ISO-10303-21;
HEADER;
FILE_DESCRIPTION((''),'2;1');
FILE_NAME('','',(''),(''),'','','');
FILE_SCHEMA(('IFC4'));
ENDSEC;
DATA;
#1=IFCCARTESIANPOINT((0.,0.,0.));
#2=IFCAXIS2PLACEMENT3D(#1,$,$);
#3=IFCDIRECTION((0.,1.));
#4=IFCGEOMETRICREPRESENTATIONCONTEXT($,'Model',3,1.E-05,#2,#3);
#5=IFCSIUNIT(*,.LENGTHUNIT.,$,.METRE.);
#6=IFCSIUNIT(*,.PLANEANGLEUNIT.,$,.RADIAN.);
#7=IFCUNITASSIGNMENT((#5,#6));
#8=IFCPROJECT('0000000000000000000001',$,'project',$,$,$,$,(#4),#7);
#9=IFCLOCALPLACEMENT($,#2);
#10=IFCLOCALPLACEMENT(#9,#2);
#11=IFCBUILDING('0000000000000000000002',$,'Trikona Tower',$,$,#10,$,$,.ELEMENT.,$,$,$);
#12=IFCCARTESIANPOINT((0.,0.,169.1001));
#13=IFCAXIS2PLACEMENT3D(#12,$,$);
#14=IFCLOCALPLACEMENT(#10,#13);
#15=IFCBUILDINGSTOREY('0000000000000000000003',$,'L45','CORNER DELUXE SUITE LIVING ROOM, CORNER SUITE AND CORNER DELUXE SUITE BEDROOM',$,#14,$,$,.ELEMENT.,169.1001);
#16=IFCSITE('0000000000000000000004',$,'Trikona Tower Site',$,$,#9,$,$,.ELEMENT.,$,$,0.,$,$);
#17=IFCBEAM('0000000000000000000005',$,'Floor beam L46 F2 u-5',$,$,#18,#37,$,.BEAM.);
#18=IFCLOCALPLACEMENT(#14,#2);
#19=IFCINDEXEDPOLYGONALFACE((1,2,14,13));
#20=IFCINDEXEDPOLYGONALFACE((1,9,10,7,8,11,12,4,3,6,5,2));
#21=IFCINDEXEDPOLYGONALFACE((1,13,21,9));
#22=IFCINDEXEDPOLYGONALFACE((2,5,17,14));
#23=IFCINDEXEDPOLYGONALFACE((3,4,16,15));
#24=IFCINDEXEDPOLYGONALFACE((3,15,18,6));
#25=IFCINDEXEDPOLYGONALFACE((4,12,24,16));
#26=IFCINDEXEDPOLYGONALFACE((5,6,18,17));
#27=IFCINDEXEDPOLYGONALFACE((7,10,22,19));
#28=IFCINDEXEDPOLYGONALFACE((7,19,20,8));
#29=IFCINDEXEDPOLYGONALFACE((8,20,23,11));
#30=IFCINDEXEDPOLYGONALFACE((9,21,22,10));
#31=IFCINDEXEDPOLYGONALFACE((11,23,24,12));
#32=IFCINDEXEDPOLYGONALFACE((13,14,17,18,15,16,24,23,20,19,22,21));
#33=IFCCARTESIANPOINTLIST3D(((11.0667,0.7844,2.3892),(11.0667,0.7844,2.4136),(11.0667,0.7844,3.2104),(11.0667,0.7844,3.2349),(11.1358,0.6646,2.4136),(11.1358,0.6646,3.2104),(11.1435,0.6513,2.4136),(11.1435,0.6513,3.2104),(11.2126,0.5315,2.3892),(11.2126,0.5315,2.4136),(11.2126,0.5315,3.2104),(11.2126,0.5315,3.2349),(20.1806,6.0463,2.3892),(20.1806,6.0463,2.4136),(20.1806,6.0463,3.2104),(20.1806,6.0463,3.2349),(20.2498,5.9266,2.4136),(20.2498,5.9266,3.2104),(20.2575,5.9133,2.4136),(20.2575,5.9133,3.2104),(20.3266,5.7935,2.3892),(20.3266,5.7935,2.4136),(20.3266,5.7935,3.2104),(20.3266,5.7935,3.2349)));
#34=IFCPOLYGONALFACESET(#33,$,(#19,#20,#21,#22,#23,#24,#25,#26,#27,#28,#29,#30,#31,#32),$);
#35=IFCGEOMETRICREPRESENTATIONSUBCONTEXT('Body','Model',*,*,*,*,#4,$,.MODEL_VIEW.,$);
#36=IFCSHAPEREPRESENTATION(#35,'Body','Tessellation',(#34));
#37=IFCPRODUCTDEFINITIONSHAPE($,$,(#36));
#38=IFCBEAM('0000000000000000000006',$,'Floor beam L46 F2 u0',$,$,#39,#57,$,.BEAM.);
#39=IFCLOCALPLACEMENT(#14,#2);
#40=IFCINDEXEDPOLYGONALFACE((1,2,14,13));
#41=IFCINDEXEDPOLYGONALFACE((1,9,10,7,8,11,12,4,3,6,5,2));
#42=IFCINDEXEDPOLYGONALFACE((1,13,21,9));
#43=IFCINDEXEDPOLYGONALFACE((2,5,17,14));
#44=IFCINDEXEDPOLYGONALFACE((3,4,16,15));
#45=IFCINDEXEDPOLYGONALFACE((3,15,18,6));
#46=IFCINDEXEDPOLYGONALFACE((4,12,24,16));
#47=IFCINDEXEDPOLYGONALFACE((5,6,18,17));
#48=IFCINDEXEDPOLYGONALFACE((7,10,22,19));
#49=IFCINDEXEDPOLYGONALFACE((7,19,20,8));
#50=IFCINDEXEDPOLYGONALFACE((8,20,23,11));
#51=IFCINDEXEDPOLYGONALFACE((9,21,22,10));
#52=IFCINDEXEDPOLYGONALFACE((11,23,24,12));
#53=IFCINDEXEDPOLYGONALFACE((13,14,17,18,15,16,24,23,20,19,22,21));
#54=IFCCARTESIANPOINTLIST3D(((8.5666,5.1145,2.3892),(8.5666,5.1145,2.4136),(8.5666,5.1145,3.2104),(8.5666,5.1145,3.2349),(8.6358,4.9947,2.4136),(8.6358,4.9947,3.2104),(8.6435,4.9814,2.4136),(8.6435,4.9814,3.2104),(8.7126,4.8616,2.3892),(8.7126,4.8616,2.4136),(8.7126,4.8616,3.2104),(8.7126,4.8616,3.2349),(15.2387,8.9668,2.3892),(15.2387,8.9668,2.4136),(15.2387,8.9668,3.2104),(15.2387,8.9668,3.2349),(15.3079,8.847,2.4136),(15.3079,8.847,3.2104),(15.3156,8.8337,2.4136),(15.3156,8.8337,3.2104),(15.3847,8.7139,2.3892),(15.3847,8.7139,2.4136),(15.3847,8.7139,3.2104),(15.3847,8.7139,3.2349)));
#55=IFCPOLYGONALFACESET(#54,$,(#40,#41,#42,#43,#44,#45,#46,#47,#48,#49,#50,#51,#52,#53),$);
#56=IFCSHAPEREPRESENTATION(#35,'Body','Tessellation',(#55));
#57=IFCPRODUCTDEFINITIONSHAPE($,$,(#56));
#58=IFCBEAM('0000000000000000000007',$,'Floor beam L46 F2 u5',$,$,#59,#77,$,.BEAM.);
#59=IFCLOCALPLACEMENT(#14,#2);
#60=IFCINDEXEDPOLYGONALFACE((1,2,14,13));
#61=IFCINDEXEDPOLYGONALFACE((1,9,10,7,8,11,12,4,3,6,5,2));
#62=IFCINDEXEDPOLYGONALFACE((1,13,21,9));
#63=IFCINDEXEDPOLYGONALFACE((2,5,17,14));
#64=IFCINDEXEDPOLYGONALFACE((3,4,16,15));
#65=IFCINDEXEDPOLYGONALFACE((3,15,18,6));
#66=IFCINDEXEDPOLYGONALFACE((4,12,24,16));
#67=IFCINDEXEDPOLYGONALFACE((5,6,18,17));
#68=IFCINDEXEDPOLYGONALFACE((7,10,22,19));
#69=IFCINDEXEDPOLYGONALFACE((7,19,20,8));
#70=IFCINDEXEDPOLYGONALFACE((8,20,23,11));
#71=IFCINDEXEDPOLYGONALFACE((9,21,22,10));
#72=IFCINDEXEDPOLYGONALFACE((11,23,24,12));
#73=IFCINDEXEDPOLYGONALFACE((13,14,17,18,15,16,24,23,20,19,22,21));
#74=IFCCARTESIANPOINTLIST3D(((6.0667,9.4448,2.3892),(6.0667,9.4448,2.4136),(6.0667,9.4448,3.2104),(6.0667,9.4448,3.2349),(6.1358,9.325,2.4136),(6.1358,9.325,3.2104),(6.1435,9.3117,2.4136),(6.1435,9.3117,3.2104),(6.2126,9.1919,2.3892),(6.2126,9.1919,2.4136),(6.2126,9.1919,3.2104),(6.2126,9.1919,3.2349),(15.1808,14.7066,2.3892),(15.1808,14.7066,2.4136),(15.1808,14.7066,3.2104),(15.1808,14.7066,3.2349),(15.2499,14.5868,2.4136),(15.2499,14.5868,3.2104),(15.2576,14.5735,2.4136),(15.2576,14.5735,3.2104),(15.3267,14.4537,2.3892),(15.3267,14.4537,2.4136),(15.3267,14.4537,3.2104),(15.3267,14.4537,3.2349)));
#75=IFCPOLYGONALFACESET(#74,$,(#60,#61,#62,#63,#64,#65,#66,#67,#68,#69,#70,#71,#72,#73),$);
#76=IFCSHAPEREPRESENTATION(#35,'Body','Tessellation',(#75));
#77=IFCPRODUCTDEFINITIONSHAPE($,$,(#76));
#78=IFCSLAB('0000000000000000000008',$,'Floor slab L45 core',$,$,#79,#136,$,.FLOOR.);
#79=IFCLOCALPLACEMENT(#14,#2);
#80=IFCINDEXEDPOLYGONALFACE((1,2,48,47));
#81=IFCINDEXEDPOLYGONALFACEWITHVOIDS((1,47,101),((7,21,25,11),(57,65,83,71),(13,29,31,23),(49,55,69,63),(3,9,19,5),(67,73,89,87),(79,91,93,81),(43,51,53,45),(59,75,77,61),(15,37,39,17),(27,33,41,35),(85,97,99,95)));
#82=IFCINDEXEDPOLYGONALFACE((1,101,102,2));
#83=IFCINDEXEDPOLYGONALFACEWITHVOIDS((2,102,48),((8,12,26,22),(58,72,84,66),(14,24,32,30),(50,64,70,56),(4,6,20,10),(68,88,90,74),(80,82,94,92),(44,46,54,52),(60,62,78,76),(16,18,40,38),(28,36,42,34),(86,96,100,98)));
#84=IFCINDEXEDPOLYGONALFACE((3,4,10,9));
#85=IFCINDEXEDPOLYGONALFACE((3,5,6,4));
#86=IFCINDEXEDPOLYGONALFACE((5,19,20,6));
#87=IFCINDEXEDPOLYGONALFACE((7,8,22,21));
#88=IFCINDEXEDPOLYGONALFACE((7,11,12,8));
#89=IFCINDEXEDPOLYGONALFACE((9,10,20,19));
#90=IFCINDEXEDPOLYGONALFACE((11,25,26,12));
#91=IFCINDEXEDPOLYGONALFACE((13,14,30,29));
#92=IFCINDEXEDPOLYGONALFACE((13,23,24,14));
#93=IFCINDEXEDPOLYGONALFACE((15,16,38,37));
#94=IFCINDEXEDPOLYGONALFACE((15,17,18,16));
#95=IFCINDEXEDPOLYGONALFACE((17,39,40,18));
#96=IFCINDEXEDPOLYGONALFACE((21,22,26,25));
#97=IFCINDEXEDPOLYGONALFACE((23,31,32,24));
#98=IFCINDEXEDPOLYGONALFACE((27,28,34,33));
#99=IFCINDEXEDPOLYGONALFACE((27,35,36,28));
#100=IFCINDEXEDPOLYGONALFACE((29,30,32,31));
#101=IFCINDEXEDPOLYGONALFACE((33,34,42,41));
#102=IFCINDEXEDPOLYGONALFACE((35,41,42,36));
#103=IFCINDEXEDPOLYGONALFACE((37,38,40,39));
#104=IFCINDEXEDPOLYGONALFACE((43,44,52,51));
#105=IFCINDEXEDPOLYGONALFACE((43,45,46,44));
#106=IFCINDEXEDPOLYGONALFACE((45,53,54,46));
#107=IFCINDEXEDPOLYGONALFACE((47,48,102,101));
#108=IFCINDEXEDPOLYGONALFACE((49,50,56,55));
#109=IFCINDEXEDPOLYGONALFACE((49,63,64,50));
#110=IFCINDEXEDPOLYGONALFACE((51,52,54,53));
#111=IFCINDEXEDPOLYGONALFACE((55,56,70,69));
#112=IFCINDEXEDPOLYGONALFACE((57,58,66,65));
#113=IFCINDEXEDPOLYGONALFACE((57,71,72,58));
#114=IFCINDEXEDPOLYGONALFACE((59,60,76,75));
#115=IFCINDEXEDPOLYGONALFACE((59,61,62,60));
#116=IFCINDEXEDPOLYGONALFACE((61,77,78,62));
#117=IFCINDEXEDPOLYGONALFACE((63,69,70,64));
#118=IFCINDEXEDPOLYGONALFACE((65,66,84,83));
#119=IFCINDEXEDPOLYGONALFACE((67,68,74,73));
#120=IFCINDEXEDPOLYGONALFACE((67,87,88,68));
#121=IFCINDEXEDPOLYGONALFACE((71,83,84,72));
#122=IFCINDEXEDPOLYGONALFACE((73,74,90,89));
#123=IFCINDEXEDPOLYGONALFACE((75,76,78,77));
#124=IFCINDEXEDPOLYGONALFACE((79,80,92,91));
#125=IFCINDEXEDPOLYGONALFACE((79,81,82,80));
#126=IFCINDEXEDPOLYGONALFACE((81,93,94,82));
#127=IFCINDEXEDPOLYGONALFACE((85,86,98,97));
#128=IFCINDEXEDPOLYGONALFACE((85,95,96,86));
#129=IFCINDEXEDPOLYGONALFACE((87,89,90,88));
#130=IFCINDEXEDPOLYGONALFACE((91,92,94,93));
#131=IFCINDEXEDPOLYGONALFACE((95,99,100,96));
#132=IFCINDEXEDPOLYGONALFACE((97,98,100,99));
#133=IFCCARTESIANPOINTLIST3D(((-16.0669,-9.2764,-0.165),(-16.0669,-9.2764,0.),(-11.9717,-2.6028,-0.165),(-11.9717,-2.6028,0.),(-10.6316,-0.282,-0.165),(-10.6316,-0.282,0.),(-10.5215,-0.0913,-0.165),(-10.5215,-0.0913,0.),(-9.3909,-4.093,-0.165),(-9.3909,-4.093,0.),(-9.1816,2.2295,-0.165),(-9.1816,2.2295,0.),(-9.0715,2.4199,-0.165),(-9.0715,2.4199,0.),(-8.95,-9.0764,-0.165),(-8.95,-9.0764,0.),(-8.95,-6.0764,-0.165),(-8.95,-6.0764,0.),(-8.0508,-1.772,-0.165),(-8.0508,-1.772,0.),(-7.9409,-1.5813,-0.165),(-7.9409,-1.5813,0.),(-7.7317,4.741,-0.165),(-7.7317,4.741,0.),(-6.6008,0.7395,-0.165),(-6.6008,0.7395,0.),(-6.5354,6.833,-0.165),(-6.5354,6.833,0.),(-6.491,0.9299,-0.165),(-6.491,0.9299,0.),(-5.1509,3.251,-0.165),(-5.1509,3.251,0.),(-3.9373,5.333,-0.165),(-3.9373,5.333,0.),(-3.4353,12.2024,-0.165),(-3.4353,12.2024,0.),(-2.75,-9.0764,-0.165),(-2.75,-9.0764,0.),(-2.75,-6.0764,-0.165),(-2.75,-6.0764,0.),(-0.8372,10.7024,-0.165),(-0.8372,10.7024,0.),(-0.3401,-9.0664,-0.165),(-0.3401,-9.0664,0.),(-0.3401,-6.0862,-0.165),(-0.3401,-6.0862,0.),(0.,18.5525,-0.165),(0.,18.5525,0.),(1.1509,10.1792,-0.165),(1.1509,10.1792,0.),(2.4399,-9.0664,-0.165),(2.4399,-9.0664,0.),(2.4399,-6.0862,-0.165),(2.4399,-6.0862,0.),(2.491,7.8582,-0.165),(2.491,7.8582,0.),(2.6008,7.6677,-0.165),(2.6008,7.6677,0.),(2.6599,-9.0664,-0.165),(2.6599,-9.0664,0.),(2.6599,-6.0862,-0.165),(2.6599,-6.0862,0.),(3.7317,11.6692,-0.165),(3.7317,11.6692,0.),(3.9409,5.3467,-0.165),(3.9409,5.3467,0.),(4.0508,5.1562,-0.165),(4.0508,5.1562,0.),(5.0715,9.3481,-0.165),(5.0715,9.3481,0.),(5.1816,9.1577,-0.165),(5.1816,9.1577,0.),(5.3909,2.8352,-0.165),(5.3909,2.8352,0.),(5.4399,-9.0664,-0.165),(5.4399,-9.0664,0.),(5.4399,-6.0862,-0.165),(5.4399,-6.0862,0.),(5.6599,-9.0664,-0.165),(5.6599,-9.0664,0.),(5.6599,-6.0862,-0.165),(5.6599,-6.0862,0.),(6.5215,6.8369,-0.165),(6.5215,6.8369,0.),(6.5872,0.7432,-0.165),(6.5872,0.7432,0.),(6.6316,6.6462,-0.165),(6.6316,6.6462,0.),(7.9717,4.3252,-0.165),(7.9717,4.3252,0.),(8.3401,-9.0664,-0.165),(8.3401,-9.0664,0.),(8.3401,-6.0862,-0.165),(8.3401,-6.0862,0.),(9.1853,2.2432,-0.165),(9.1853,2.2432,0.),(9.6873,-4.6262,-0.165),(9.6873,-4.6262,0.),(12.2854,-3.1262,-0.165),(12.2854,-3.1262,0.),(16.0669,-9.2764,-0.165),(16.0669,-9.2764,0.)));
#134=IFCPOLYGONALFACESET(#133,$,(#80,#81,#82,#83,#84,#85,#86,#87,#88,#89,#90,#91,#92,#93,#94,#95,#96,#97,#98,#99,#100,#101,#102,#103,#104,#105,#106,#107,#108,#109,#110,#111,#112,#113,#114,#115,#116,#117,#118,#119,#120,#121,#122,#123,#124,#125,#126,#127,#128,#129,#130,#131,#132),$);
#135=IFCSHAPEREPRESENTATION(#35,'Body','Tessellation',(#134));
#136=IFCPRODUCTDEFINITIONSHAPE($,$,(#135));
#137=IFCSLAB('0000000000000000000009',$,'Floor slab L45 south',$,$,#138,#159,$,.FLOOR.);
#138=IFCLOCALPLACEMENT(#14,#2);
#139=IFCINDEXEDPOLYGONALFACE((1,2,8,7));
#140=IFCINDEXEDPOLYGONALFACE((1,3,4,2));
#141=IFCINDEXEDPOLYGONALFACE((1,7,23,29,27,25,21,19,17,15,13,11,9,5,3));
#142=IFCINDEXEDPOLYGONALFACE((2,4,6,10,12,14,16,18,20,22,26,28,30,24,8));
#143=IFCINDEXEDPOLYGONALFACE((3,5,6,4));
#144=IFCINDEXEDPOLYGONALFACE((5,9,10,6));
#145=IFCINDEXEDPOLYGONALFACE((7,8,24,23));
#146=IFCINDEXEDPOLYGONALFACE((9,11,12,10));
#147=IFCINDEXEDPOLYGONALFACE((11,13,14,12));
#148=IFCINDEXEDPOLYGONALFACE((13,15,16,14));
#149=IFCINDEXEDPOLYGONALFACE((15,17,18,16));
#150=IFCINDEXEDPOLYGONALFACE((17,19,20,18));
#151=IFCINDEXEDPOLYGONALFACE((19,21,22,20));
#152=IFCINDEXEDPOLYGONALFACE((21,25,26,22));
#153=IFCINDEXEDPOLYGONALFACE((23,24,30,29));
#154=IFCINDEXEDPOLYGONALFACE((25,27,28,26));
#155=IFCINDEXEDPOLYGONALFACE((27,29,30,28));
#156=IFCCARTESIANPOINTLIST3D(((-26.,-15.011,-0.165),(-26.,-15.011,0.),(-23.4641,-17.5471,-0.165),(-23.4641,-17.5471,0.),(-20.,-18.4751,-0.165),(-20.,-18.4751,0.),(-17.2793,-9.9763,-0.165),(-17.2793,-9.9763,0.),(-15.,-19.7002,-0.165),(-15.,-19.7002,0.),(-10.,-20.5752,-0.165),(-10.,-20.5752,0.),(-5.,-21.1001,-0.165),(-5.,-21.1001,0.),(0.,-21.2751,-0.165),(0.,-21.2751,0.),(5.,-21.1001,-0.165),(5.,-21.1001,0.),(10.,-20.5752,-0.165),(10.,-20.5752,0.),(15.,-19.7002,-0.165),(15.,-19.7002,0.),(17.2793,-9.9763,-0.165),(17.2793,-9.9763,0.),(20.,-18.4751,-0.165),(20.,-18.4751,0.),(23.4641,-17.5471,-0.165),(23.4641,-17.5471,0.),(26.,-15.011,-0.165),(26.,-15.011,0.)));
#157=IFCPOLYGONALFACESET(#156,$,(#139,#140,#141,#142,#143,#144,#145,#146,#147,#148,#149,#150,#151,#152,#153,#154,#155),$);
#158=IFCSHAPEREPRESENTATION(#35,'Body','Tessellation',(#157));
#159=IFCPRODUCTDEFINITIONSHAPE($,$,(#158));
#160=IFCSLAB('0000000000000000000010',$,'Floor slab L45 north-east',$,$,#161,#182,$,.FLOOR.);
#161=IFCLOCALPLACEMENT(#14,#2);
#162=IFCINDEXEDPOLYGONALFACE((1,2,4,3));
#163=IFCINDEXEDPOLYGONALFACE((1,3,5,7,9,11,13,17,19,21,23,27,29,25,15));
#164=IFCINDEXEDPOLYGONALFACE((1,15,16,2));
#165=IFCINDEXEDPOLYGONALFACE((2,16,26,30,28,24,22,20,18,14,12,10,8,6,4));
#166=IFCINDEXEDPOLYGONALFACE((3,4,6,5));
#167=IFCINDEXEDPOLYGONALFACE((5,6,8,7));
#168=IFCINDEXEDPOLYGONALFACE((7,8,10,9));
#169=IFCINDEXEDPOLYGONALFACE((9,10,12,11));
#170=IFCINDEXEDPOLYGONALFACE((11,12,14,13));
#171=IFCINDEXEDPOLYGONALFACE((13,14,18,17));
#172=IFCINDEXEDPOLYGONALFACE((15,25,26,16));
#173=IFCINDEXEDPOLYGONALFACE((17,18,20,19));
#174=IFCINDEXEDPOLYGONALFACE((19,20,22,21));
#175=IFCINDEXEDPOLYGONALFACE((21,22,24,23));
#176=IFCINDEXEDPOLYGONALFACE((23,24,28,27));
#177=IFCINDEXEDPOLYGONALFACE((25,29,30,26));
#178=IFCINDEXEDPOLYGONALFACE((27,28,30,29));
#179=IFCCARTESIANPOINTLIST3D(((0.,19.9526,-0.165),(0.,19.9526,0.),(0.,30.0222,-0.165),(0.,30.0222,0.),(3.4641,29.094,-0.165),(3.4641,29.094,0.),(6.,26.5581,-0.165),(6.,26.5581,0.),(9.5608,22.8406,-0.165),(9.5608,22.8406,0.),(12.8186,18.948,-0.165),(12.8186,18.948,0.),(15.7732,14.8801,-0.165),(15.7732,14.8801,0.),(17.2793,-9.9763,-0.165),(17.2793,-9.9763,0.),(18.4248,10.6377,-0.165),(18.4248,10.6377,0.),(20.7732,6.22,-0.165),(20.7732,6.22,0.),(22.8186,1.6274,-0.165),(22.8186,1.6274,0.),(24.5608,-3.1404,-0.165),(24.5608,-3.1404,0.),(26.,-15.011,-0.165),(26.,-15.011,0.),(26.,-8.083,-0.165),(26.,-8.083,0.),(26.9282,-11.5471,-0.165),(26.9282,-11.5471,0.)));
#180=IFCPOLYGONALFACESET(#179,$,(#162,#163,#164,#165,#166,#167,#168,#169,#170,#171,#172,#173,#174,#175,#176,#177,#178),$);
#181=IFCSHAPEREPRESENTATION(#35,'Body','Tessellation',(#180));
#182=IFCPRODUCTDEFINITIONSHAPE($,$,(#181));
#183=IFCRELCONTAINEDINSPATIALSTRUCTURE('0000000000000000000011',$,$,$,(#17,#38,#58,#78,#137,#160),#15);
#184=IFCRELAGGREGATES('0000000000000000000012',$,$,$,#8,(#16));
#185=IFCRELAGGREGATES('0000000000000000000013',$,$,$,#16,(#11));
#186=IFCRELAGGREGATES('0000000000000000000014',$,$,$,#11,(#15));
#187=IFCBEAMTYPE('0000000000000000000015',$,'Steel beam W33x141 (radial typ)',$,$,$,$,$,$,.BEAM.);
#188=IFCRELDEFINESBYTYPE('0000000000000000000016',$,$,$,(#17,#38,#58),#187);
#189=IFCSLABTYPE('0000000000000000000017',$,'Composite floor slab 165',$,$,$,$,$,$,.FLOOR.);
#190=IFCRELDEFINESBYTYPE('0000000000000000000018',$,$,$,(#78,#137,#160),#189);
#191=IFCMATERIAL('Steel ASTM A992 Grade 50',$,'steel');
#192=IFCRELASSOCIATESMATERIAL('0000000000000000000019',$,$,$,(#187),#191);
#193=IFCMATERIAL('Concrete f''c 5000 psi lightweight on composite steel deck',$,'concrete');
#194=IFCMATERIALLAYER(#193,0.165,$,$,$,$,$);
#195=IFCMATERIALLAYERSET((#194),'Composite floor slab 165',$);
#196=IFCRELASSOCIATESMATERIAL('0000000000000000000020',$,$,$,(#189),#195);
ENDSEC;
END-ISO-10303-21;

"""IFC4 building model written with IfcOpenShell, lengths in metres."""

from ifc_helpers import new_model, si_unit, direction, frame, origin, origin_2d, place, context, subcontext, project, spatial, polyline, i_section, outline, extrude, material, layer, layer_set, material_profile, profile_set, type_object, element, save


model = new_model("IFC4")

# Units and contexts
model_context = context("Model", 3, precision=1e-05, world=origin(), true_north=direction((0.0, 1.0)))
body_context = subcontext(model_context, "Body", "Model", "MODEL_VIEW")
ifc_project = project(units=[si_unit("LENGTHUNIT", "METRE"), si_unit("PLANEANGLEUNIT", "RADIAN")], contexts=[model_context])

# Site, building, storey
site_placement = place(None, origin())
site = spatial("IfcSite", under=ifc_project, at=site_placement, Name="Trikona Tower Site", CompositionType="ELEMENT", RefElevation=0.0)
building_placement = place(site_placement, origin())
building = spatial("IfcBuilding", under=site, at=building_placement, Name="Trikona Tower", CompositionType="ELEMENT")
storey_placement = place(building_placement, frame((0.0, 0.0, 169.1001)))
storey = spatial("IfcBuildingStorey", under=building, at=storey_placement, Name="L45", Description="CORNER DELUXE SUITE LIVING ROOM, CORNER SUITE AND CORNER DELUXE SUITE BEDROOM", CompositionType="ELEMENT", Elevation=169.1001)

# Beams
ifc_material_1 = material(Name="Steel ASTM A992 Grade 50", Category="steel")
ifc_material_profile = material_profile(ifc_material_1, i_section(OverallWidth=0.292, OverallDepth=0.8457, WebThickness=0.0154, FlangeThickness=0.0244, at=origin_2d()), Name="W33X141")
ifc_profile_set = profile_set([ifc_material_profile], Name="Steel ASTM A992 Grade 50")
beam_type = type_object("IfcBeamType", Name="Steel beam W33x141 (radial typ)", PredefinedType="BEAM", material=ifc_profile_set)
beam_1_placement = place(storey_placement, frame((11.1396, 0.658, 2.812), z_axis=(0.866026, 0.499999, 0.0), x_axis=(-0.499999, 0.866026, 0.0)))
element("IfcBeam", 1, at=beam_1_placement, inside=storey, type_object=beam_type, Name="Floor beam L46 F2 u-5", PredefinedType="BEAM", context=body_context, shape_type="SweptSolid", body=[
    extrude(i_section(OverallWidth=0.292, OverallDepth=0.8457, WebThickness=0.0154, FlangeThickness=0.0244, at=origin_2d()), origin(), (0.0, 0.0, 1.0), 10.5239),
])
beam_2_placement = place(storey_placement, frame((8.6396, 4.988, 2.812), z_axis=(0.866017, 0.500014, 0.0), x_axis=(-0.500014, 0.866017, 0.0)))
element("IfcBeam", 2, at=beam_2_placement, inside=storey, type_object=beam_type, Name="Floor beam L46 F2 u0", PredefinedType="BEAM", context=body_context, shape_type="SweptSolid", body=[
    extrude(i_section(OverallWidth=0.292, OverallDepth=0.8457, WebThickness=0.0154, FlangeThickness=0.0244, at=origin_2d()), origin(), (0.0, 0.0, 1.0), 7.7043),
])
beam_3_placement = place(storey_placement, frame((6.1396, 9.3184, 2.812), z_axis=(0.866036, 0.499982, 0.0), x_axis=(-0.499982, 0.866036, 0.0)))
element("IfcBeam", 3, at=beam_3_placement, inside=storey, type_object=beam_type, Name="Floor beam L46 F2 u5", PredefinedType="BEAM", context=body_context, shape_type="SweptSolid", body=[
    extrude(i_section(OverallWidth=0.292, OverallDepth=0.8457, WebThickness=0.0154, FlangeThickness=0.0244, at=origin_2d()), origin(), (0.0, 0.0, 1.0), 10.5239),
])

# Slabs
ifc_material_2 = material(Name="Concrete f'c 5000 psi lightweight on composite steel deck", Category="concrete")
ifc_layer_1 = layer(ifc_material_2, 0.165)
ifc_layer_set_1 = layer_set([ifc_layer_1], Name="Composite floor slab 165")
slab_type_1 = type_object("IfcSlabType", Name="Composite floor slab 165", PredefinedType="FLOOR", material=ifc_layer_set_1)
slab_1_placement = place(storey_placement, frame((0.0, 0.0, -0.165)))
element("IfcSlab", 4, at=slab_1_placement, inside=storey, type_object=slab_type_1, Name="Floor slab L45 core", PredefinedType="FLOOR", context=body_context, shape_type="SweptSolid", body=[
    extrude(outline(polyline([(-16.0669, -9.2764), (16.0669, -9.2764), (0.0, 18.5525), (-16.0669, -9.2764)]), holes=[polyline([(12.2854, -3.1262), (9.1853, 2.2432), (6.5872, 0.7432), (9.6873, -4.6262), (12.2854, -3.1262)]), polyline([(8.3401, -9.0664), (8.3401, -6.0862), (5.6599, -6.0862), (5.6599, -9.0664), (8.3401, -9.0664)]), polyline([(5.3909, 2.8352), (7.9717, 4.3252), (6.6316, 6.6462), (4.0508, 5.1562), (5.3909, 2.8352)]), polyline([(2.6008, 7.6677), (3.9409, 5.3467), (6.5215, 6.8369), (5.1816, 9.1577), (2.6008, 7.6677)]), polyline([(5.4399, -6.0862), (2.6599, -6.0862), (2.6599, -9.0664), (5.4399, -9.0664), (5.4399, -6.0862)]), polyline([(3.7317, 11.6692), (1.1509, 10.1792), (2.491, 7.8582), (5.0715, 9.3481), (3.7317, 11.6692)]), polyline([(-0.3401, -6.0862), (-0.3401, -9.0664), (2.4399, -9.0664), (2.4399, -6.0862), (-0.3401, -6.0862)]), polyline([(-3.4353, 12.2024), (-6.5354, 6.833), (-3.9373, 5.333), (-0.8372, 10.7024), (-3.4353, 12.2024)]), polyline([(-8.95, -9.0764), (-2.75, -9.0764), (-2.75, -6.0764), (-8.95, -6.0764), (-8.95, -9.0764)]), polyline([(-5.1509, 3.251), (-7.7317, 4.741), (-9.0715, 2.4199), (-6.491, 0.9299), (-5.1509, 3.251)]), polyline([(-7.9409, -1.5813), (-6.6008, 0.7395), (-9.1816, 2.2295), (-10.5215, -0.0913), (-7.9409, -1.5813)]), polyline([(-11.9717, -2.6028), (-9.3909, -4.093), (-8.0508, -1.772), (-10.6316, -0.282), (-11.9717, -2.6028)])]), origin(), (0.0, 0.0, 1.0), 0.165),
])
slab_2_placement = place(storey_placement, frame((0.0, 0.0, -0.165)))
element("IfcSlab", 5, at=slab_2_placement, inside=storey, type_object=slab_type_1, Name="Floor slab L45 south", PredefinedType="FLOOR", context=body_context, shape_type="SweptSolid", body=[
    extrude(outline(polyline([(23.4641, -17.5471), (26.0, -15.011), (17.2793, -9.9763), (-17.2793, -9.9763), (-26.0, -15.011), (-23.4641, -17.5471), (-20.0, -18.4751), (-15.0, -19.7002), (-10.0, -20.5752), (-5.0, -21.1001), (0.0, -21.2751), (5.0, -21.1001), (10.0, -20.5752), (15.0, -19.7002), (20.0, -18.4751), (23.4641, -17.5471)])), origin(), (0.0, 0.0, 1.0), 0.165),
])
slab_3_placement = place(storey_placement, frame((0.0, 0.0, -0.165)))
element("IfcSlab", 6, at=slab_3_placement, inside=storey, type_object=slab_type_1, Name="Floor slab L45 north-east", PredefinedType="FLOOR", context=body_context, shape_type="SweptSolid", body=[
    extrude(outline(polyline([(3.4641, 29.094), (0.0, 30.0222), (0.0, 19.9526), (17.2793, -9.9763), (26.0, -15.011), (26.9282, -11.5471), (26.0, -8.083), (24.5608, -3.1404), (22.8186, 1.6274), (20.7732, 6.22), (18.4248, 10.6377), (15.7732, 14.8801), (12.8186, 18.948), (9.5608, 22.8406), (6.0, 26.5581), (3.4641, 29.094)])), origin(), (0.0, 0.0, 1.0), 0.165),
])

save(model, "model.ifc")
